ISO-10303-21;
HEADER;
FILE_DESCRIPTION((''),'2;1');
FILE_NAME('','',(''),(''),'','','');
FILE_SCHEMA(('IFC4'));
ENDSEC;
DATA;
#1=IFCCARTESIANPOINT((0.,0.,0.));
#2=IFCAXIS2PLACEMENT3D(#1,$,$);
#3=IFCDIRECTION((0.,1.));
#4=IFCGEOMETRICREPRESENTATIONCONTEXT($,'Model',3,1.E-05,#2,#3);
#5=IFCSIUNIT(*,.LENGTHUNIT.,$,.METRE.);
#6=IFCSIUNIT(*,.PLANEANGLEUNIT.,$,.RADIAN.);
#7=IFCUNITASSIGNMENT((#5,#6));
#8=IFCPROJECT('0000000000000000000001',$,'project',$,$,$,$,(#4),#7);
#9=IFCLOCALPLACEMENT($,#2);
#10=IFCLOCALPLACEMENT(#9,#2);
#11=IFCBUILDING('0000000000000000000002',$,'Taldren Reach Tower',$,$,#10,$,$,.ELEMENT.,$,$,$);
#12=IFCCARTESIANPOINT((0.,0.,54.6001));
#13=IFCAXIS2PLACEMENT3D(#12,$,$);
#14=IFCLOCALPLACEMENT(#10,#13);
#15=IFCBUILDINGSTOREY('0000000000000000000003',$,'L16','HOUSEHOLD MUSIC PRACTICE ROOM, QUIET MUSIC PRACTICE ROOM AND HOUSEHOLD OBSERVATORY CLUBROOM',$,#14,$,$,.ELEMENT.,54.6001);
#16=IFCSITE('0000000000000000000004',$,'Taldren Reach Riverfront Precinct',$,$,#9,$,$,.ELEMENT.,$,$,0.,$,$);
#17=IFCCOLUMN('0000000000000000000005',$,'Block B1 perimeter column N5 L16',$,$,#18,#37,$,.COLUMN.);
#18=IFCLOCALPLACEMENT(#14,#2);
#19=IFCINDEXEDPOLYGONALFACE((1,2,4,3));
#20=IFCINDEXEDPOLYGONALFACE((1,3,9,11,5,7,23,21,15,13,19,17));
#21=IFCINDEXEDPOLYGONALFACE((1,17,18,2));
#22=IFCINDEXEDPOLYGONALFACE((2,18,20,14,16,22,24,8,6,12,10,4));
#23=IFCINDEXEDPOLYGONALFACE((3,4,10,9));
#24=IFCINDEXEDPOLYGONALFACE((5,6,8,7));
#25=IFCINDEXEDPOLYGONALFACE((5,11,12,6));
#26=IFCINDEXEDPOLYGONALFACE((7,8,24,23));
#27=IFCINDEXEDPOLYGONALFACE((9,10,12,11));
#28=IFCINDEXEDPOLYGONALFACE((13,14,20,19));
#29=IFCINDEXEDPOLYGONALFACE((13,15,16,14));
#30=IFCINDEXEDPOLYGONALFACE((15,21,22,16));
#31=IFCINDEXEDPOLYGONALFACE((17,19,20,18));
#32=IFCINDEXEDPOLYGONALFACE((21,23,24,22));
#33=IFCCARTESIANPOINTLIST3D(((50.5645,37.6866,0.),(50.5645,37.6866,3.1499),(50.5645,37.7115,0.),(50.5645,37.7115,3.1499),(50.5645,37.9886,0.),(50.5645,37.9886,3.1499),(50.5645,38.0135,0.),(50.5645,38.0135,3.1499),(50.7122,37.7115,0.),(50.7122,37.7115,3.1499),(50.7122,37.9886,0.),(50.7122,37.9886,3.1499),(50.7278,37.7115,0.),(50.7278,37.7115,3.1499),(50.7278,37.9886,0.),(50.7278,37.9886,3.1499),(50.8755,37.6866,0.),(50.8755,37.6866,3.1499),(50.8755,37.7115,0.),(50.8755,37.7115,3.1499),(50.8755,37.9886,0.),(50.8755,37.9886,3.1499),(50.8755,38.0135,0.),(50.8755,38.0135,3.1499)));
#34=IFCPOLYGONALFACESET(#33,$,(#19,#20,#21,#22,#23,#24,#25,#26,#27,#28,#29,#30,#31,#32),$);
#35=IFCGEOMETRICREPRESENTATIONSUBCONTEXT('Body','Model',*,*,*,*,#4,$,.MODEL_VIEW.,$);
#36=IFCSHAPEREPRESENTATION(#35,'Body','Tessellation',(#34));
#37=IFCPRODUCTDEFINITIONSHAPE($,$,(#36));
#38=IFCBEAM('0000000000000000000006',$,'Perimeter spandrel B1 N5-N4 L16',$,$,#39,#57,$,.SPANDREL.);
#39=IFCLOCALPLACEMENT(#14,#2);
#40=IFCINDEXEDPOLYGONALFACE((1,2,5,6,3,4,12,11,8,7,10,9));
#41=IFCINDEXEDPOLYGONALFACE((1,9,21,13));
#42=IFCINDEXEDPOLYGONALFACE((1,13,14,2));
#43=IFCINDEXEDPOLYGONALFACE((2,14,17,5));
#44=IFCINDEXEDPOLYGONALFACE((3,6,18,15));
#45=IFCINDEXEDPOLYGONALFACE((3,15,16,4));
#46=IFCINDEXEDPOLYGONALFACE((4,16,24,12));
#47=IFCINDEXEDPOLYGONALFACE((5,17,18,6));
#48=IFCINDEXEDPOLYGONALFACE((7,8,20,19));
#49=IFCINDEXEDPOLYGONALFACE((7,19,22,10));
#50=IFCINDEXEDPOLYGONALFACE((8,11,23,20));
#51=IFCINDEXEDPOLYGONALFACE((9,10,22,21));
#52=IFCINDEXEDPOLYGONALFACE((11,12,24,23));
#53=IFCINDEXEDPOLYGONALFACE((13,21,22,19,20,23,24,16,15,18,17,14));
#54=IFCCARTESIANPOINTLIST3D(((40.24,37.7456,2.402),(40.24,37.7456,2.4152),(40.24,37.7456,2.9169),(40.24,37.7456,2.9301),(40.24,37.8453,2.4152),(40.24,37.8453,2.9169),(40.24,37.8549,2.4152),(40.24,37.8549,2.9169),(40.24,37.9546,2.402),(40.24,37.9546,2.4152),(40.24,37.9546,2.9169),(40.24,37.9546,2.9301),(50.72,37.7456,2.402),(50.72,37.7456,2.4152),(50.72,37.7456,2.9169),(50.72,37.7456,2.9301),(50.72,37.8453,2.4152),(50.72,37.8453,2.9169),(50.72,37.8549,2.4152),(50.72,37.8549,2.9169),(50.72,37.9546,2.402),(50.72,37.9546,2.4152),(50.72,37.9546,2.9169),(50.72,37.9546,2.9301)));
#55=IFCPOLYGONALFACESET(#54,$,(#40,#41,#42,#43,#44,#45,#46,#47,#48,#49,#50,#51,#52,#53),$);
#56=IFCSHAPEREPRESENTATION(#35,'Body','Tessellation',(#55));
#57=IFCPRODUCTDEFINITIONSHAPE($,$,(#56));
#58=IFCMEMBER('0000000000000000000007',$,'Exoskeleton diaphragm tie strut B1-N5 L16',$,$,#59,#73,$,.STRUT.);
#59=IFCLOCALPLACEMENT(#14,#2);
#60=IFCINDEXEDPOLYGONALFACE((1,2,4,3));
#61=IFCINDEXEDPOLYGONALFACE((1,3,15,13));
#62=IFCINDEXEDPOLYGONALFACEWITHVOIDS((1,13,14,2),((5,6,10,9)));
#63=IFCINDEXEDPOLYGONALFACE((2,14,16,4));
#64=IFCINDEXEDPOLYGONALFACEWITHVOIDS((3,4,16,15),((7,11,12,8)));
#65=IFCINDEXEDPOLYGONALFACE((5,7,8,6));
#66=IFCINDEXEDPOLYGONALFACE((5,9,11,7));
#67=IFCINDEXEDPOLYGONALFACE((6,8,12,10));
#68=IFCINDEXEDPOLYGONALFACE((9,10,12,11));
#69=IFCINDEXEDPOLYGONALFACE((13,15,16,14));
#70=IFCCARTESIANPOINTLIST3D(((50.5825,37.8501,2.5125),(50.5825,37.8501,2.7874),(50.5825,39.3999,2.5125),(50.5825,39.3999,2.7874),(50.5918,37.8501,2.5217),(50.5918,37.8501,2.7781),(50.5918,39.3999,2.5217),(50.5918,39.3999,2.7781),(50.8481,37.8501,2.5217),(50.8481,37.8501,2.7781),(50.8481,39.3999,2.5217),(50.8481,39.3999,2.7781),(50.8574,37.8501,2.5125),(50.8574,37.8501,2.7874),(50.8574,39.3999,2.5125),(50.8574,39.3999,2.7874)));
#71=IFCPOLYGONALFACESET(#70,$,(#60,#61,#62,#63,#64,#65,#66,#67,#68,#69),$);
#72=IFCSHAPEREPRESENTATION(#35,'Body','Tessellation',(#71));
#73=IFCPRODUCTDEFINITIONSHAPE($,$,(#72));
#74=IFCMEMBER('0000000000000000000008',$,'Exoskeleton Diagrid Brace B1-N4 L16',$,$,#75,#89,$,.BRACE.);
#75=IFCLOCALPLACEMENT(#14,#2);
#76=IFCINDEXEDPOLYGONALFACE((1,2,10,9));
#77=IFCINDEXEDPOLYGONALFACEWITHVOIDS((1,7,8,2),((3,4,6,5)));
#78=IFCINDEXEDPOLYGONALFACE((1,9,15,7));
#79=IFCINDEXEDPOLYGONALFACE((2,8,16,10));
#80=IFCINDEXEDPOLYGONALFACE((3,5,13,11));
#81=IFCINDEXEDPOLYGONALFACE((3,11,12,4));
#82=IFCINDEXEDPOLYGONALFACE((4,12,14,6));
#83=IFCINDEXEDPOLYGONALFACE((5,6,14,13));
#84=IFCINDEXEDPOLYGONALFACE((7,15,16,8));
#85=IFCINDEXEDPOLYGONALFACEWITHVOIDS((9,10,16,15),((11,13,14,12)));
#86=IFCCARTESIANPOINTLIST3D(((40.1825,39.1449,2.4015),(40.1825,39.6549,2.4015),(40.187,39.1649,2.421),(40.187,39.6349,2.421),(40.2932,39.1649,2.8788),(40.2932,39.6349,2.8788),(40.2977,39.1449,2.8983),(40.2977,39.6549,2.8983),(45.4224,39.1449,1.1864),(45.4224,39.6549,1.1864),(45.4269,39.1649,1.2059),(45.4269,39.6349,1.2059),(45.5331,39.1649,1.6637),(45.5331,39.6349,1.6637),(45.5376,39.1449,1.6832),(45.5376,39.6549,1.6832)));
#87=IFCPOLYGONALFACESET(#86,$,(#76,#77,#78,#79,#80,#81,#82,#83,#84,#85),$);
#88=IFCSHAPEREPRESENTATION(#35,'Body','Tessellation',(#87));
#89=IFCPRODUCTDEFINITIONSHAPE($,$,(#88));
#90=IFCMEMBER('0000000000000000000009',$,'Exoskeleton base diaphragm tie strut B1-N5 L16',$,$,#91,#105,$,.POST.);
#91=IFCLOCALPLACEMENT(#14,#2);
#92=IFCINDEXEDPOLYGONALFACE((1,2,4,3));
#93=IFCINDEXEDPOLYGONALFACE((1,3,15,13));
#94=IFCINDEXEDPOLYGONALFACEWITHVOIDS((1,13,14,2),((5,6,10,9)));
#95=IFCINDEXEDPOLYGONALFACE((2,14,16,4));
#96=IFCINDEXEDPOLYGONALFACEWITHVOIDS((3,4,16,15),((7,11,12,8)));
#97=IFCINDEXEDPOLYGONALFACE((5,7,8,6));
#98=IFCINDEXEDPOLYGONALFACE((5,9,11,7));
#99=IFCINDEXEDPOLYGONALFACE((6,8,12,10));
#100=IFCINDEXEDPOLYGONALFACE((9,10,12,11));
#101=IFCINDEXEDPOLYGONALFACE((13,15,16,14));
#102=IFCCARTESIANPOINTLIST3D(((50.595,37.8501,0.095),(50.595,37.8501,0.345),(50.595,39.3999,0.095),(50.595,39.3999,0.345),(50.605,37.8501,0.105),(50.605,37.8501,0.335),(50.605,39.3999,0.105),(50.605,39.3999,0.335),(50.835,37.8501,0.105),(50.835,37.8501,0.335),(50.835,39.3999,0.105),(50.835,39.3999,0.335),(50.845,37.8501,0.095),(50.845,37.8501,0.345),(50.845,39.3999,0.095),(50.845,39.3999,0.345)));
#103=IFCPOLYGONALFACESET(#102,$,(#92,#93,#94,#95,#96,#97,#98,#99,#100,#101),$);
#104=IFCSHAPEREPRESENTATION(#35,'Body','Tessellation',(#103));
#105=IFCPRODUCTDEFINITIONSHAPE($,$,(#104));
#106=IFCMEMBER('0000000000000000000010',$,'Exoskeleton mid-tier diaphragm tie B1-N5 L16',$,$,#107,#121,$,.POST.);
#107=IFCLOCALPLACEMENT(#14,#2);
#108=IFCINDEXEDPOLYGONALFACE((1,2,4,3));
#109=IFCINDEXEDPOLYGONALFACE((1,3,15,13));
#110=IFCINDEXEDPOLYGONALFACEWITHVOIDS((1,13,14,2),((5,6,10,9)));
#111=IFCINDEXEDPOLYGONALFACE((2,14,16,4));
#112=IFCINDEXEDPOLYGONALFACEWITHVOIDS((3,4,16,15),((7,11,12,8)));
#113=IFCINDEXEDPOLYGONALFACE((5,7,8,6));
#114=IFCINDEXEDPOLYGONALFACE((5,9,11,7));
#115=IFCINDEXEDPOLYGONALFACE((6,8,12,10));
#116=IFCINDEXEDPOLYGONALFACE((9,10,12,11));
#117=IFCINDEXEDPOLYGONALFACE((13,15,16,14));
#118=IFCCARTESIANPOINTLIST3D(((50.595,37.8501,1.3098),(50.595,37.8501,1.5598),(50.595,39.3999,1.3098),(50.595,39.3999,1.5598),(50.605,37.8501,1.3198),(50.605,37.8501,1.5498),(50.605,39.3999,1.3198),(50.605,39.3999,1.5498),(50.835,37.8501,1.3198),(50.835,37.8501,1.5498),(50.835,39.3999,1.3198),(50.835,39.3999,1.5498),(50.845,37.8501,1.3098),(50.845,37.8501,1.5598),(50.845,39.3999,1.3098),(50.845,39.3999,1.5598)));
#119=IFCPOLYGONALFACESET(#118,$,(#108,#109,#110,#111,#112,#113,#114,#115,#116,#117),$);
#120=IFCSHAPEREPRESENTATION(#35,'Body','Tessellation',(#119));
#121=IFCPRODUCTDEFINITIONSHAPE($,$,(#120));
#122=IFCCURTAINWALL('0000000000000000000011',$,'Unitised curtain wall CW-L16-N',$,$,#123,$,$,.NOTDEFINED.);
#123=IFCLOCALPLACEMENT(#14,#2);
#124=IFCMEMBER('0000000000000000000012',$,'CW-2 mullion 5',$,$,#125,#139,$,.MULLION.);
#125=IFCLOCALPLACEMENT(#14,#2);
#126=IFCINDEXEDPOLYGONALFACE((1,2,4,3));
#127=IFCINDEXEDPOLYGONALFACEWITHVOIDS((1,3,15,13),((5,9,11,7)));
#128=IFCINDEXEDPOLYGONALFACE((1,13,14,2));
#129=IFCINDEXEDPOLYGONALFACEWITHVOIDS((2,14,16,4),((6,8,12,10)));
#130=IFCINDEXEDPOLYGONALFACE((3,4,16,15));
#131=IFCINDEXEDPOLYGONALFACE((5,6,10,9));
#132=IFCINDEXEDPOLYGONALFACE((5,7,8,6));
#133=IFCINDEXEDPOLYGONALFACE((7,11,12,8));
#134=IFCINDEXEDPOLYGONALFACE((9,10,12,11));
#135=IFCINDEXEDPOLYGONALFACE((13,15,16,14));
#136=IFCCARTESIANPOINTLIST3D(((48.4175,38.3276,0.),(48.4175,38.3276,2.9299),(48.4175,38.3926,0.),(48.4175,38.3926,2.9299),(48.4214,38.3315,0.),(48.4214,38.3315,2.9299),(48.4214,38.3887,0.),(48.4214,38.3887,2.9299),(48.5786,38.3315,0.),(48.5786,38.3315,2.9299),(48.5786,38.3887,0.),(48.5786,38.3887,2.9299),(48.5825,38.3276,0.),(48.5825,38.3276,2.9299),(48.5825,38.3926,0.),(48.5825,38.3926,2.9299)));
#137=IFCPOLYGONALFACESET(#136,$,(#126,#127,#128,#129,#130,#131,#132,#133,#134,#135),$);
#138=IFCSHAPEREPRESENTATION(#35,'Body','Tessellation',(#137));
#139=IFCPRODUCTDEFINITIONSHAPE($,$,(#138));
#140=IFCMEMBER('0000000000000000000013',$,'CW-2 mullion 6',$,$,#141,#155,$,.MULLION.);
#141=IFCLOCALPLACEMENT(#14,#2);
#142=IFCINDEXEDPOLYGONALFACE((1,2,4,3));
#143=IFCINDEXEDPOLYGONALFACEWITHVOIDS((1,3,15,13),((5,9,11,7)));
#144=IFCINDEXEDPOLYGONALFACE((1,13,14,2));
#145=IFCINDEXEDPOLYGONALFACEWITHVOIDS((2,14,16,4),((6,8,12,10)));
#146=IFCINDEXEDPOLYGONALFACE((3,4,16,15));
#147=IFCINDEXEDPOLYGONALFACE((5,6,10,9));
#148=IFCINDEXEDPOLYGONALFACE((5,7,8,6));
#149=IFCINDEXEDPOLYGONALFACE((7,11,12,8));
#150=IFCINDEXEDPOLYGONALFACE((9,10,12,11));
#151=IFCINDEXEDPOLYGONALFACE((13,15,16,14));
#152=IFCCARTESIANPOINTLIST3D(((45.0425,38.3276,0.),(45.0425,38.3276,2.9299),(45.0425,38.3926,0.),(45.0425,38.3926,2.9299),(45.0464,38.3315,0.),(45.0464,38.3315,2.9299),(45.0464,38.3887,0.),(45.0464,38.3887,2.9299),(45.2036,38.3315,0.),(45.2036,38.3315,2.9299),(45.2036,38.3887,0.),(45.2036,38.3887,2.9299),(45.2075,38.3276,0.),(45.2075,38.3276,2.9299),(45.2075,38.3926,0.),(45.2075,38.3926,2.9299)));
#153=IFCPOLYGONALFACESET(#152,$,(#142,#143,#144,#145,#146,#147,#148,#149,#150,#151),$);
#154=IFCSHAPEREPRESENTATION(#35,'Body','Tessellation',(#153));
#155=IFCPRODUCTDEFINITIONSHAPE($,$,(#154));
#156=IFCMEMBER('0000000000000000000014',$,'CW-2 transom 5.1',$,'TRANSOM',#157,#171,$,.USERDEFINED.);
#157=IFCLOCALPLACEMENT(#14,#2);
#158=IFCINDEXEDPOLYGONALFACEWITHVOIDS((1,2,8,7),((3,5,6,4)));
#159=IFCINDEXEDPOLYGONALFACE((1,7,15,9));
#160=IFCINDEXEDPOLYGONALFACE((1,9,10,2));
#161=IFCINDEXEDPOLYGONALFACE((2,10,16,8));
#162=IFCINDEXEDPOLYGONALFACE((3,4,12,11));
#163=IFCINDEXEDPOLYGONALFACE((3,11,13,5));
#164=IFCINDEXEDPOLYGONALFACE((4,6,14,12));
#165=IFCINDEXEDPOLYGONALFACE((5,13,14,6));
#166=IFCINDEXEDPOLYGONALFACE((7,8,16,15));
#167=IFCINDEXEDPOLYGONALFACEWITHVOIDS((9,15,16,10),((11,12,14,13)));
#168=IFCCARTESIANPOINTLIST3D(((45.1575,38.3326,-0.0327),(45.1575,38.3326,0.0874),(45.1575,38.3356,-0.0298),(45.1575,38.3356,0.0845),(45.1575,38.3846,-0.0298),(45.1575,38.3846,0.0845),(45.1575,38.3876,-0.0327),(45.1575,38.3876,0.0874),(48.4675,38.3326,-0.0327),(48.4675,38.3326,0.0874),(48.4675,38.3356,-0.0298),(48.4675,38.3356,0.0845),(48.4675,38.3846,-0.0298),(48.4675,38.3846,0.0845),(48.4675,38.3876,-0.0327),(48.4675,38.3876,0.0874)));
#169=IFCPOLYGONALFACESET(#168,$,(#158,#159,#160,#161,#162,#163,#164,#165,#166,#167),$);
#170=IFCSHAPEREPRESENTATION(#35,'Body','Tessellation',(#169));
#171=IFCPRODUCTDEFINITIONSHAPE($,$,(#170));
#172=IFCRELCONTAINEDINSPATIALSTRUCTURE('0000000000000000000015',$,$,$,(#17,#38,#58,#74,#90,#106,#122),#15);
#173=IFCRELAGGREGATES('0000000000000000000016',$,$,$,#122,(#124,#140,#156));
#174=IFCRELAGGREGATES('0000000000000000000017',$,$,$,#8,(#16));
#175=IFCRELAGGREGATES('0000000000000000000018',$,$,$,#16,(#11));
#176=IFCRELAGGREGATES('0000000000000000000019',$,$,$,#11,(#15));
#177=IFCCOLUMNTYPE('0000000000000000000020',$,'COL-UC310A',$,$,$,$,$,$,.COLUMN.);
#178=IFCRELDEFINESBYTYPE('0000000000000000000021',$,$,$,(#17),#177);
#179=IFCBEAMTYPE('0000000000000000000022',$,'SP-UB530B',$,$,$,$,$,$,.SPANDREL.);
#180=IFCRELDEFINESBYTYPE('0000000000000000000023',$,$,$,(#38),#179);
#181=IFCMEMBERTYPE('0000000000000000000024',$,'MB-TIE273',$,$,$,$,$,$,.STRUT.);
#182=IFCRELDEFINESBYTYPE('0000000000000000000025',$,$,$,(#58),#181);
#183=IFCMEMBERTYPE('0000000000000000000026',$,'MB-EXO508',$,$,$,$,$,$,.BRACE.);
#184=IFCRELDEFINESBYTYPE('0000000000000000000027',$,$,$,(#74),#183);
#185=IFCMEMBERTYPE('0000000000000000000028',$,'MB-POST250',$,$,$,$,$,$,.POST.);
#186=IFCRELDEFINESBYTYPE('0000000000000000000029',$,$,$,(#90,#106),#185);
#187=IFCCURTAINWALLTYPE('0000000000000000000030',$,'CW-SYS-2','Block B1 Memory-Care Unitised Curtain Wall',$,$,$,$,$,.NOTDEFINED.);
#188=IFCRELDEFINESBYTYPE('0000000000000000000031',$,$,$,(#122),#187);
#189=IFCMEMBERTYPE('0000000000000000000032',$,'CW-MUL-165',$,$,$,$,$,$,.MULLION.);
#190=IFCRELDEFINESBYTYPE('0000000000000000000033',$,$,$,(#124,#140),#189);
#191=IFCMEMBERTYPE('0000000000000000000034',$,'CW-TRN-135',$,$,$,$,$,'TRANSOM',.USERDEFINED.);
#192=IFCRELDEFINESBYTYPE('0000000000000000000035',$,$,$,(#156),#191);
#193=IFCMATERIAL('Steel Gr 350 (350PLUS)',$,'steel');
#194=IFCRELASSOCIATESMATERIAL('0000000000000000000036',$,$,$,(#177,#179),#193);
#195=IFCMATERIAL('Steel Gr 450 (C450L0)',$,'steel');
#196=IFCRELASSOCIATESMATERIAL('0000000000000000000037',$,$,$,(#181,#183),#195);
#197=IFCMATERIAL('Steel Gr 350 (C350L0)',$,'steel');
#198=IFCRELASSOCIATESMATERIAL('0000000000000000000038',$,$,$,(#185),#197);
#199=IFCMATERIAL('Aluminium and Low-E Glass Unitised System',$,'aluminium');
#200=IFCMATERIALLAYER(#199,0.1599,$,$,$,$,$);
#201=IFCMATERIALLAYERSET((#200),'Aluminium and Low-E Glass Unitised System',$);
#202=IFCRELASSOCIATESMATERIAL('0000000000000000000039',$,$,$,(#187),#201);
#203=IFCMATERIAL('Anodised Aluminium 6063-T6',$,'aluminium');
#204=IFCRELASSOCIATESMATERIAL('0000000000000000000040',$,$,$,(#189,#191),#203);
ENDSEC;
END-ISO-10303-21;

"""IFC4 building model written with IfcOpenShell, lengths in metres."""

from ifc_helpers import new_model, si_unit, direction, frame, origin, origin_2d, place, context, subcontext, project, spatial, hollow_rectangle, i_section, extrude, source, transform, mapped, material, layer, layer_set, material_profile, profile_set, type_object, element, aggregate, save


model = new_model("IFC4")

# Units and contexts
model_context = context("Model", 3, precision=1e-05, world=origin(), true_north=direction((0.0, 1.0)))
body_context = subcontext(model_context, "Body", "Model", "MODEL_VIEW")
ifc_project = project(units=[si_unit("LENGTHUNIT", "METRE"), si_unit("PLANEANGLEUNIT", "RADIAN")], contexts=[model_context])

# Site, building, storey
site_placement = place(None, origin())
site = spatial("IfcSite", under=ifc_project, at=site_placement, Name="Taldren Reach Riverfront Precinct", CompositionType="ELEMENT", RefElevation=0.0)
building_placement = place(site_placement, origin())
building = spatial("IfcBuilding", under=site, at=building_placement, Name="Taldren Reach Tower", CompositionType="ELEMENT")
storey_placement = place(building_placement, frame((0.0, 0.0, 54.6001)))
storey = spatial("IfcBuildingStorey", under=building, at=storey_placement, Name="L16", Description="HOUSEHOLD MUSIC PRACTICE ROOM, QUIET MUSIC PRACTICE ROOM AND HOUSEHOLD OBSERVATORY CLUBROOM", CompositionType="ELEMENT", Elevation=54.6001)

# Column
ifc_material_1 = material(Name="Steel Gr 350 (350PLUS)", Category="steel")
ifc_material_profile_1 = material_profile(ifc_material_1, i_section(OverallWidth=0.311, OverallDepth=0.3269, WebThickness=0.0156, FlangeThickness=0.0249, at=origin_2d()), Name="310UC158")
ifc_profile_set_1 = profile_set([ifc_material_profile_1], Name="Steel Gr 350 (350PLUS)")
column_type = type_object("IfcColumnType", Name="COL-UC310A", PredefinedType="COLUMN", material=ifc_profile_set_1)
shared_shape_1 = source(origin(), body_context, "Body", "SweptSolid", [
    extrude(i_section(OverallWidth=0.311, OverallDepth=0.3269, WebThickness=0.0156, FlangeThickness=0.0249, at=origin_2d()), origin(), (0.0, 0.0, 1.0), 3.1499),
])
column_placement = place(storey_placement, frame((50.72, 37.8501, 0.0), z_axis=(0.0, 0.0, 1.0), x_axis=(1.0, 0.0, 0.0)))
element("IfcColumn", 1, at=column_placement, inside=storey, type_object=column_type, Name="Block B1 perimeter column N5 L16", PredefinedType="COLUMN", context=body_context, shape_type="MappedRepresentation", body=[
    mapped(shared_shape_1, transform((0.0, 0.0, 0.0), scale=1.0)),
])

# Beam
ifc_material_profile_2 = material_profile(ifc_material_1, i_section(OverallWidth=0.209, OverallDepth=0.5281, WebThickness=0.0095, FlangeThickness=0.0132, at=origin_2d()), Name="530UB82.0")
ifc_profile_set_2 = profile_set([ifc_material_profile_2], Name="Steel Gr 350 (350PLUS)")
beam_type = type_object("IfcBeamType", Name="SP-UB530B", PredefinedType="SPANDREL", material=ifc_profile_set_2)
shared_shape_2 = source(origin(), body_context, "Body", "SweptSolid", [
    extrude(i_section(OverallWidth=0.209, OverallDepth=0.5281, WebThickness=0.0095, FlangeThickness=0.0132, at=origin_2d()), origin(), (0.0, 0.0, 1.0), 10.48),
])
beam_placement = place(storey_placement, frame((50.72, 37.8501, 2.666), z_axis=(-1.0, 0.0, 0.0), x_axis=(0.0, -1.0, 0.0)))
element("IfcBeam", 2, at=beam_placement, inside=storey, type_object=beam_type, Name="Perimeter spandrel B1 N5-N4 L16", PredefinedType="SPANDREL", context=body_context, shape_type="MappedRepresentation", body=[
    mapped(shared_shape_2, transform((0.0, 0.0, 0.0), scale=1.0)),
])

# Members
ifc_material_2 = material(Name="Steel Gr 450 (C450L0)", Category="steel")
ifc_material_profile_3 = material_profile(ifc_material_2, hollow_rectangle(XDim=0.2749, YDim=0.2749, WallThickness=0.0093, at=origin_2d()), Name="275x275x9.3SHS")
ifc_profile_set_3 = profile_set([ifc_material_profile_3], Name="Steel Gr 450 (C450L0)")
member_type_1 = type_object("IfcMemberType", Name="MB-TIE273", PredefinedType="STRUT", material=ifc_profile_set_3)
shared_shape_3 = source(origin(), body_context, "Body", "SweptSolid", [
    extrude(hollow_rectangle(XDim=0.2749, YDim=0.2749, WallThickness=0.0093, at=origin_2d()), origin(), (0.0, 0.0, 1.0), 1.5498),
])
member_1_placement = place(storey_placement, frame((50.72, 37.8501, 2.6499), z_axis=(0.0, 1.0, 0.0), x_axis=(-1.0, 0.0, 0.0)))
element("IfcMember", 3, at=member_1_placement, inside=storey, type_object=member_type_1, Name="Exoskeleton diaphragm tie strut B1-N5 L16", PredefinedType="STRUT", context=body_context, shape_type="MappedRepresentation", body=[
    mapped(shared_shape_3, transform((0.0, 0.0, 0.0), scale=1.0)),
])
ifc_material_profile_4 = material_profile(ifc_material_2, hollow_rectangle(XDim=0.51, YDim=0.51, WallThickness=0.02, at=origin_2d()), Name="510x510x20.0SHS")
ifc_profile_set_4 = profile_set([ifc_material_profile_4], Name="Steel Gr 450 (C450L0)")
member_type_2 = type_object("IfcMemberType", Name="MB-EXO508", PredefinedType="BRACE", material=ifc_profile_set_4)
shared_shape_4 = source(origin(), body_context, "Body", "SweptSolid", [
    extrude(hollow_rectangle(XDim=0.51, YDim=0.51, WallThickness=0.02, at=origin_2d()), origin(), (0.0, 0.0, 1.0), 5.3789),
])
member_2_placement = place(storey_placement, frame((45.48, 39.3999, 1.4348), z_axis=(-0.974152, 0.0, 0.225894), x_axis=(0.0, -1.0, 0.0)))
element("IfcMember", 4, at=member_2_placement, inside=storey, type_object=member_type_2, Name="Exoskeleton Diagrid Brace B1-N4 L16", PredefinedType="BRACE", context=body_context, shape_type="MappedRepresentation", body=[
    mapped(shared_shape_4, transform((0.0, 0.0, 0.0), scale=1.0)),
])
ifc_material_3 = material(Name="Steel Gr 350 (C350L0)", Category="steel")
ifc_material_profile_5 = material_profile(ifc_material_3, hollow_rectangle(XDim=0.25, YDim=0.25, WallThickness=0.01, at=origin_2d()), Name="250x250x10.0SHS")
ifc_profile_set_5 = profile_set([ifc_material_profile_5], Name="Steel Gr 350 (C350L0)")
member_type_3 = type_object("IfcMemberType", Name="MB-POST250", PredefinedType="POST", material=ifc_profile_set_5)
shared_shape_5 = source(origin(), body_context, "Body", "SweptSolid", [
    extrude(hollow_rectangle(XDim=0.25, YDim=0.25, WallThickness=0.01, at=origin_2d()), origin(), (0.0, 0.0, 1.0), 1.5498),
])
for number, where, z_axis, x_axis, name in (
    (5, (50.72, 37.8501, 0.22), (0.0, 1.0, 0.0), (-1.0, 0.0, 0.0), "Exoskeleton base diaphragm tie strut B1-N5 L16"),
    (6, (50.72, 37.8501, 1.4348), (0.0, 1.0, 0.0), (-1.0, 0.0, 0.0), "Exoskeleton mid-tier diaphragm tie B1-N5 L16"),
):
    element("IfcMember", number, at=place(storey_placement, frame(where, z_axis=z_axis, x_axis=x_axis)), inside=storey, type_object=member_type_3, Name=name, PredefinedType="POST", context=body_context, shape_type="MappedRepresentation", body=[
        mapped(shared_shape_5, transform((0.0, 0.0, 0.0), scale=1.0)),
    ])

# Curtain wall, members
ifc_material_4 = material(Name="Aluminium and Low-E Glass Unitised System", Category="aluminium")
ifc_layer_1 = layer(ifc_material_4, 0.1599)
ifc_layer_set_1 = layer_set([ifc_layer_1], Name="Aluminium and Low-E Glass Unitised System")
curtain_wall_type = type_object("IfcCurtainWallType", Name="CW-SYS-2", Description="Block B1 Memory-Care Unitised Curtain Wall", PredefinedType="NOTDEFINED", material=ifc_layer_set_1)
curtain_wall_placement = place(storey_placement, origin())
curtain_wall = element("IfcCurtainWall", 7, at=curtain_wall_placement, inside=storey, type_object=curtain_wall_type, Name="Unitised curtain wall CW-L16-N", PredefinedType="NOTDEFINED")
ifc_material_5 = material(Name="Anodised Aluminium 6063-T6", Category="aluminium")
ifc_material_profile_6 = material_profile(ifc_material_5, hollow_rectangle(XDim=0.0649, YDim=0.165, WallThickness=0.0039, at=origin_2d()), Name="ALU-165x65x4RHS")
ifc_profile_set_6 = profile_set([ifc_material_profile_6], Name="Anodised Aluminium 6063-T6")
member_type_4 = type_object("IfcMemberType", Name="CW-MUL-165", PredefinedType="MULLION", material=ifc_profile_set_6)
shared_shape_6 = source(origin(), body_context, "Body", "SweptSolid", [
    extrude(hollow_rectangle(XDim=0.0649, YDim=0.165, WallThickness=0.0039, at=origin_2d()), origin(), (0.0, 0.0, 1.0), 2.9299),
])
member_3_placement = place(storey_placement, frame((48.5, 38.3601, 0.0), z_axis=(0.0, 0.0, 1.0), x_axis=(0.0, -1.0, 0.0)))
member_3 = element("IfcMember", 8, at=member_3_placement, type_object=member_type_4, Name="CW-2 mullion 5", PredefinedType="MULLION", context=body_context, shape_type="MappedRepresentation", body=[
    mapped(shared_shape_6, transform((0.0, 0.0, 0.0), scale=1.0)),
])
member_4_placement = place(storey_placement, frame((45.125, 38.3601, 0.0), z_axis=(0.0, 0.0, 1.0), x_axis=(0.0, -1.0, 0.0)))
member_4 = element("IfcMember", 9, at=member_4_placement, type_object=member_type_4, Name="CW-2 mullion 6", PredefinedType="MULLION", context=body_context, shape_type="MappedRepresentation", body=[
    mapped(shared_shape_6, transform((0.0, 0.0, 0.0), scale=1.0)),
])
ifc_material_profile_7 = material_profile(ifc_material_5, hollow_rectangle(XDim=0.0549, YDim=0.1201, WallThickness=0.0029, at=origin_2d()), Name="ALU-120x55x3RHS")
ifc_profile_set_7 = profile_set([ifc_material_profile_7], Name="Anodised Aluminium 6063-T6")
member_type_5 = type_object("IfcMemberType", Name="CW-TRN-135", ElementType="TRANSOM", PredefinedType="USERDEFINED", material=ifc_profile_set_7)
shared_shape_7 = source(origin(), body_context, "Body", "SweptSolid", [
    extrude(hollow_rectangle(XDim=0.0549, YDim=0.1201, WallThickness=0.0029, at=origin_2d()), origin(), (0.0, 0.0, 1.0), 3.3101),
])
member_5_placement = place(storey_placement, frame((48.4675, 38.3601, 0.0273), z_axis=(-1.0, 0.0, 0.0), x_axis=(0.0, -1.0, 0.0)))
member_5 = element("IfcMember", 10, at=member_5_placement, type_object=member_type_5, Name="CW-2 transom 5.1", ObjectType="TRANSOM", PredefinedType="USERDEFINED", context=body_context, shape_type="MappedRepresentation", body=[
    mapped(shared_shape_7, transform((0.0, 0.0, 0.0), scale=1.0)),
])

aggregate(curtain_wall, [member_3, member_4, member_5])

save(model, "model.ifc")
